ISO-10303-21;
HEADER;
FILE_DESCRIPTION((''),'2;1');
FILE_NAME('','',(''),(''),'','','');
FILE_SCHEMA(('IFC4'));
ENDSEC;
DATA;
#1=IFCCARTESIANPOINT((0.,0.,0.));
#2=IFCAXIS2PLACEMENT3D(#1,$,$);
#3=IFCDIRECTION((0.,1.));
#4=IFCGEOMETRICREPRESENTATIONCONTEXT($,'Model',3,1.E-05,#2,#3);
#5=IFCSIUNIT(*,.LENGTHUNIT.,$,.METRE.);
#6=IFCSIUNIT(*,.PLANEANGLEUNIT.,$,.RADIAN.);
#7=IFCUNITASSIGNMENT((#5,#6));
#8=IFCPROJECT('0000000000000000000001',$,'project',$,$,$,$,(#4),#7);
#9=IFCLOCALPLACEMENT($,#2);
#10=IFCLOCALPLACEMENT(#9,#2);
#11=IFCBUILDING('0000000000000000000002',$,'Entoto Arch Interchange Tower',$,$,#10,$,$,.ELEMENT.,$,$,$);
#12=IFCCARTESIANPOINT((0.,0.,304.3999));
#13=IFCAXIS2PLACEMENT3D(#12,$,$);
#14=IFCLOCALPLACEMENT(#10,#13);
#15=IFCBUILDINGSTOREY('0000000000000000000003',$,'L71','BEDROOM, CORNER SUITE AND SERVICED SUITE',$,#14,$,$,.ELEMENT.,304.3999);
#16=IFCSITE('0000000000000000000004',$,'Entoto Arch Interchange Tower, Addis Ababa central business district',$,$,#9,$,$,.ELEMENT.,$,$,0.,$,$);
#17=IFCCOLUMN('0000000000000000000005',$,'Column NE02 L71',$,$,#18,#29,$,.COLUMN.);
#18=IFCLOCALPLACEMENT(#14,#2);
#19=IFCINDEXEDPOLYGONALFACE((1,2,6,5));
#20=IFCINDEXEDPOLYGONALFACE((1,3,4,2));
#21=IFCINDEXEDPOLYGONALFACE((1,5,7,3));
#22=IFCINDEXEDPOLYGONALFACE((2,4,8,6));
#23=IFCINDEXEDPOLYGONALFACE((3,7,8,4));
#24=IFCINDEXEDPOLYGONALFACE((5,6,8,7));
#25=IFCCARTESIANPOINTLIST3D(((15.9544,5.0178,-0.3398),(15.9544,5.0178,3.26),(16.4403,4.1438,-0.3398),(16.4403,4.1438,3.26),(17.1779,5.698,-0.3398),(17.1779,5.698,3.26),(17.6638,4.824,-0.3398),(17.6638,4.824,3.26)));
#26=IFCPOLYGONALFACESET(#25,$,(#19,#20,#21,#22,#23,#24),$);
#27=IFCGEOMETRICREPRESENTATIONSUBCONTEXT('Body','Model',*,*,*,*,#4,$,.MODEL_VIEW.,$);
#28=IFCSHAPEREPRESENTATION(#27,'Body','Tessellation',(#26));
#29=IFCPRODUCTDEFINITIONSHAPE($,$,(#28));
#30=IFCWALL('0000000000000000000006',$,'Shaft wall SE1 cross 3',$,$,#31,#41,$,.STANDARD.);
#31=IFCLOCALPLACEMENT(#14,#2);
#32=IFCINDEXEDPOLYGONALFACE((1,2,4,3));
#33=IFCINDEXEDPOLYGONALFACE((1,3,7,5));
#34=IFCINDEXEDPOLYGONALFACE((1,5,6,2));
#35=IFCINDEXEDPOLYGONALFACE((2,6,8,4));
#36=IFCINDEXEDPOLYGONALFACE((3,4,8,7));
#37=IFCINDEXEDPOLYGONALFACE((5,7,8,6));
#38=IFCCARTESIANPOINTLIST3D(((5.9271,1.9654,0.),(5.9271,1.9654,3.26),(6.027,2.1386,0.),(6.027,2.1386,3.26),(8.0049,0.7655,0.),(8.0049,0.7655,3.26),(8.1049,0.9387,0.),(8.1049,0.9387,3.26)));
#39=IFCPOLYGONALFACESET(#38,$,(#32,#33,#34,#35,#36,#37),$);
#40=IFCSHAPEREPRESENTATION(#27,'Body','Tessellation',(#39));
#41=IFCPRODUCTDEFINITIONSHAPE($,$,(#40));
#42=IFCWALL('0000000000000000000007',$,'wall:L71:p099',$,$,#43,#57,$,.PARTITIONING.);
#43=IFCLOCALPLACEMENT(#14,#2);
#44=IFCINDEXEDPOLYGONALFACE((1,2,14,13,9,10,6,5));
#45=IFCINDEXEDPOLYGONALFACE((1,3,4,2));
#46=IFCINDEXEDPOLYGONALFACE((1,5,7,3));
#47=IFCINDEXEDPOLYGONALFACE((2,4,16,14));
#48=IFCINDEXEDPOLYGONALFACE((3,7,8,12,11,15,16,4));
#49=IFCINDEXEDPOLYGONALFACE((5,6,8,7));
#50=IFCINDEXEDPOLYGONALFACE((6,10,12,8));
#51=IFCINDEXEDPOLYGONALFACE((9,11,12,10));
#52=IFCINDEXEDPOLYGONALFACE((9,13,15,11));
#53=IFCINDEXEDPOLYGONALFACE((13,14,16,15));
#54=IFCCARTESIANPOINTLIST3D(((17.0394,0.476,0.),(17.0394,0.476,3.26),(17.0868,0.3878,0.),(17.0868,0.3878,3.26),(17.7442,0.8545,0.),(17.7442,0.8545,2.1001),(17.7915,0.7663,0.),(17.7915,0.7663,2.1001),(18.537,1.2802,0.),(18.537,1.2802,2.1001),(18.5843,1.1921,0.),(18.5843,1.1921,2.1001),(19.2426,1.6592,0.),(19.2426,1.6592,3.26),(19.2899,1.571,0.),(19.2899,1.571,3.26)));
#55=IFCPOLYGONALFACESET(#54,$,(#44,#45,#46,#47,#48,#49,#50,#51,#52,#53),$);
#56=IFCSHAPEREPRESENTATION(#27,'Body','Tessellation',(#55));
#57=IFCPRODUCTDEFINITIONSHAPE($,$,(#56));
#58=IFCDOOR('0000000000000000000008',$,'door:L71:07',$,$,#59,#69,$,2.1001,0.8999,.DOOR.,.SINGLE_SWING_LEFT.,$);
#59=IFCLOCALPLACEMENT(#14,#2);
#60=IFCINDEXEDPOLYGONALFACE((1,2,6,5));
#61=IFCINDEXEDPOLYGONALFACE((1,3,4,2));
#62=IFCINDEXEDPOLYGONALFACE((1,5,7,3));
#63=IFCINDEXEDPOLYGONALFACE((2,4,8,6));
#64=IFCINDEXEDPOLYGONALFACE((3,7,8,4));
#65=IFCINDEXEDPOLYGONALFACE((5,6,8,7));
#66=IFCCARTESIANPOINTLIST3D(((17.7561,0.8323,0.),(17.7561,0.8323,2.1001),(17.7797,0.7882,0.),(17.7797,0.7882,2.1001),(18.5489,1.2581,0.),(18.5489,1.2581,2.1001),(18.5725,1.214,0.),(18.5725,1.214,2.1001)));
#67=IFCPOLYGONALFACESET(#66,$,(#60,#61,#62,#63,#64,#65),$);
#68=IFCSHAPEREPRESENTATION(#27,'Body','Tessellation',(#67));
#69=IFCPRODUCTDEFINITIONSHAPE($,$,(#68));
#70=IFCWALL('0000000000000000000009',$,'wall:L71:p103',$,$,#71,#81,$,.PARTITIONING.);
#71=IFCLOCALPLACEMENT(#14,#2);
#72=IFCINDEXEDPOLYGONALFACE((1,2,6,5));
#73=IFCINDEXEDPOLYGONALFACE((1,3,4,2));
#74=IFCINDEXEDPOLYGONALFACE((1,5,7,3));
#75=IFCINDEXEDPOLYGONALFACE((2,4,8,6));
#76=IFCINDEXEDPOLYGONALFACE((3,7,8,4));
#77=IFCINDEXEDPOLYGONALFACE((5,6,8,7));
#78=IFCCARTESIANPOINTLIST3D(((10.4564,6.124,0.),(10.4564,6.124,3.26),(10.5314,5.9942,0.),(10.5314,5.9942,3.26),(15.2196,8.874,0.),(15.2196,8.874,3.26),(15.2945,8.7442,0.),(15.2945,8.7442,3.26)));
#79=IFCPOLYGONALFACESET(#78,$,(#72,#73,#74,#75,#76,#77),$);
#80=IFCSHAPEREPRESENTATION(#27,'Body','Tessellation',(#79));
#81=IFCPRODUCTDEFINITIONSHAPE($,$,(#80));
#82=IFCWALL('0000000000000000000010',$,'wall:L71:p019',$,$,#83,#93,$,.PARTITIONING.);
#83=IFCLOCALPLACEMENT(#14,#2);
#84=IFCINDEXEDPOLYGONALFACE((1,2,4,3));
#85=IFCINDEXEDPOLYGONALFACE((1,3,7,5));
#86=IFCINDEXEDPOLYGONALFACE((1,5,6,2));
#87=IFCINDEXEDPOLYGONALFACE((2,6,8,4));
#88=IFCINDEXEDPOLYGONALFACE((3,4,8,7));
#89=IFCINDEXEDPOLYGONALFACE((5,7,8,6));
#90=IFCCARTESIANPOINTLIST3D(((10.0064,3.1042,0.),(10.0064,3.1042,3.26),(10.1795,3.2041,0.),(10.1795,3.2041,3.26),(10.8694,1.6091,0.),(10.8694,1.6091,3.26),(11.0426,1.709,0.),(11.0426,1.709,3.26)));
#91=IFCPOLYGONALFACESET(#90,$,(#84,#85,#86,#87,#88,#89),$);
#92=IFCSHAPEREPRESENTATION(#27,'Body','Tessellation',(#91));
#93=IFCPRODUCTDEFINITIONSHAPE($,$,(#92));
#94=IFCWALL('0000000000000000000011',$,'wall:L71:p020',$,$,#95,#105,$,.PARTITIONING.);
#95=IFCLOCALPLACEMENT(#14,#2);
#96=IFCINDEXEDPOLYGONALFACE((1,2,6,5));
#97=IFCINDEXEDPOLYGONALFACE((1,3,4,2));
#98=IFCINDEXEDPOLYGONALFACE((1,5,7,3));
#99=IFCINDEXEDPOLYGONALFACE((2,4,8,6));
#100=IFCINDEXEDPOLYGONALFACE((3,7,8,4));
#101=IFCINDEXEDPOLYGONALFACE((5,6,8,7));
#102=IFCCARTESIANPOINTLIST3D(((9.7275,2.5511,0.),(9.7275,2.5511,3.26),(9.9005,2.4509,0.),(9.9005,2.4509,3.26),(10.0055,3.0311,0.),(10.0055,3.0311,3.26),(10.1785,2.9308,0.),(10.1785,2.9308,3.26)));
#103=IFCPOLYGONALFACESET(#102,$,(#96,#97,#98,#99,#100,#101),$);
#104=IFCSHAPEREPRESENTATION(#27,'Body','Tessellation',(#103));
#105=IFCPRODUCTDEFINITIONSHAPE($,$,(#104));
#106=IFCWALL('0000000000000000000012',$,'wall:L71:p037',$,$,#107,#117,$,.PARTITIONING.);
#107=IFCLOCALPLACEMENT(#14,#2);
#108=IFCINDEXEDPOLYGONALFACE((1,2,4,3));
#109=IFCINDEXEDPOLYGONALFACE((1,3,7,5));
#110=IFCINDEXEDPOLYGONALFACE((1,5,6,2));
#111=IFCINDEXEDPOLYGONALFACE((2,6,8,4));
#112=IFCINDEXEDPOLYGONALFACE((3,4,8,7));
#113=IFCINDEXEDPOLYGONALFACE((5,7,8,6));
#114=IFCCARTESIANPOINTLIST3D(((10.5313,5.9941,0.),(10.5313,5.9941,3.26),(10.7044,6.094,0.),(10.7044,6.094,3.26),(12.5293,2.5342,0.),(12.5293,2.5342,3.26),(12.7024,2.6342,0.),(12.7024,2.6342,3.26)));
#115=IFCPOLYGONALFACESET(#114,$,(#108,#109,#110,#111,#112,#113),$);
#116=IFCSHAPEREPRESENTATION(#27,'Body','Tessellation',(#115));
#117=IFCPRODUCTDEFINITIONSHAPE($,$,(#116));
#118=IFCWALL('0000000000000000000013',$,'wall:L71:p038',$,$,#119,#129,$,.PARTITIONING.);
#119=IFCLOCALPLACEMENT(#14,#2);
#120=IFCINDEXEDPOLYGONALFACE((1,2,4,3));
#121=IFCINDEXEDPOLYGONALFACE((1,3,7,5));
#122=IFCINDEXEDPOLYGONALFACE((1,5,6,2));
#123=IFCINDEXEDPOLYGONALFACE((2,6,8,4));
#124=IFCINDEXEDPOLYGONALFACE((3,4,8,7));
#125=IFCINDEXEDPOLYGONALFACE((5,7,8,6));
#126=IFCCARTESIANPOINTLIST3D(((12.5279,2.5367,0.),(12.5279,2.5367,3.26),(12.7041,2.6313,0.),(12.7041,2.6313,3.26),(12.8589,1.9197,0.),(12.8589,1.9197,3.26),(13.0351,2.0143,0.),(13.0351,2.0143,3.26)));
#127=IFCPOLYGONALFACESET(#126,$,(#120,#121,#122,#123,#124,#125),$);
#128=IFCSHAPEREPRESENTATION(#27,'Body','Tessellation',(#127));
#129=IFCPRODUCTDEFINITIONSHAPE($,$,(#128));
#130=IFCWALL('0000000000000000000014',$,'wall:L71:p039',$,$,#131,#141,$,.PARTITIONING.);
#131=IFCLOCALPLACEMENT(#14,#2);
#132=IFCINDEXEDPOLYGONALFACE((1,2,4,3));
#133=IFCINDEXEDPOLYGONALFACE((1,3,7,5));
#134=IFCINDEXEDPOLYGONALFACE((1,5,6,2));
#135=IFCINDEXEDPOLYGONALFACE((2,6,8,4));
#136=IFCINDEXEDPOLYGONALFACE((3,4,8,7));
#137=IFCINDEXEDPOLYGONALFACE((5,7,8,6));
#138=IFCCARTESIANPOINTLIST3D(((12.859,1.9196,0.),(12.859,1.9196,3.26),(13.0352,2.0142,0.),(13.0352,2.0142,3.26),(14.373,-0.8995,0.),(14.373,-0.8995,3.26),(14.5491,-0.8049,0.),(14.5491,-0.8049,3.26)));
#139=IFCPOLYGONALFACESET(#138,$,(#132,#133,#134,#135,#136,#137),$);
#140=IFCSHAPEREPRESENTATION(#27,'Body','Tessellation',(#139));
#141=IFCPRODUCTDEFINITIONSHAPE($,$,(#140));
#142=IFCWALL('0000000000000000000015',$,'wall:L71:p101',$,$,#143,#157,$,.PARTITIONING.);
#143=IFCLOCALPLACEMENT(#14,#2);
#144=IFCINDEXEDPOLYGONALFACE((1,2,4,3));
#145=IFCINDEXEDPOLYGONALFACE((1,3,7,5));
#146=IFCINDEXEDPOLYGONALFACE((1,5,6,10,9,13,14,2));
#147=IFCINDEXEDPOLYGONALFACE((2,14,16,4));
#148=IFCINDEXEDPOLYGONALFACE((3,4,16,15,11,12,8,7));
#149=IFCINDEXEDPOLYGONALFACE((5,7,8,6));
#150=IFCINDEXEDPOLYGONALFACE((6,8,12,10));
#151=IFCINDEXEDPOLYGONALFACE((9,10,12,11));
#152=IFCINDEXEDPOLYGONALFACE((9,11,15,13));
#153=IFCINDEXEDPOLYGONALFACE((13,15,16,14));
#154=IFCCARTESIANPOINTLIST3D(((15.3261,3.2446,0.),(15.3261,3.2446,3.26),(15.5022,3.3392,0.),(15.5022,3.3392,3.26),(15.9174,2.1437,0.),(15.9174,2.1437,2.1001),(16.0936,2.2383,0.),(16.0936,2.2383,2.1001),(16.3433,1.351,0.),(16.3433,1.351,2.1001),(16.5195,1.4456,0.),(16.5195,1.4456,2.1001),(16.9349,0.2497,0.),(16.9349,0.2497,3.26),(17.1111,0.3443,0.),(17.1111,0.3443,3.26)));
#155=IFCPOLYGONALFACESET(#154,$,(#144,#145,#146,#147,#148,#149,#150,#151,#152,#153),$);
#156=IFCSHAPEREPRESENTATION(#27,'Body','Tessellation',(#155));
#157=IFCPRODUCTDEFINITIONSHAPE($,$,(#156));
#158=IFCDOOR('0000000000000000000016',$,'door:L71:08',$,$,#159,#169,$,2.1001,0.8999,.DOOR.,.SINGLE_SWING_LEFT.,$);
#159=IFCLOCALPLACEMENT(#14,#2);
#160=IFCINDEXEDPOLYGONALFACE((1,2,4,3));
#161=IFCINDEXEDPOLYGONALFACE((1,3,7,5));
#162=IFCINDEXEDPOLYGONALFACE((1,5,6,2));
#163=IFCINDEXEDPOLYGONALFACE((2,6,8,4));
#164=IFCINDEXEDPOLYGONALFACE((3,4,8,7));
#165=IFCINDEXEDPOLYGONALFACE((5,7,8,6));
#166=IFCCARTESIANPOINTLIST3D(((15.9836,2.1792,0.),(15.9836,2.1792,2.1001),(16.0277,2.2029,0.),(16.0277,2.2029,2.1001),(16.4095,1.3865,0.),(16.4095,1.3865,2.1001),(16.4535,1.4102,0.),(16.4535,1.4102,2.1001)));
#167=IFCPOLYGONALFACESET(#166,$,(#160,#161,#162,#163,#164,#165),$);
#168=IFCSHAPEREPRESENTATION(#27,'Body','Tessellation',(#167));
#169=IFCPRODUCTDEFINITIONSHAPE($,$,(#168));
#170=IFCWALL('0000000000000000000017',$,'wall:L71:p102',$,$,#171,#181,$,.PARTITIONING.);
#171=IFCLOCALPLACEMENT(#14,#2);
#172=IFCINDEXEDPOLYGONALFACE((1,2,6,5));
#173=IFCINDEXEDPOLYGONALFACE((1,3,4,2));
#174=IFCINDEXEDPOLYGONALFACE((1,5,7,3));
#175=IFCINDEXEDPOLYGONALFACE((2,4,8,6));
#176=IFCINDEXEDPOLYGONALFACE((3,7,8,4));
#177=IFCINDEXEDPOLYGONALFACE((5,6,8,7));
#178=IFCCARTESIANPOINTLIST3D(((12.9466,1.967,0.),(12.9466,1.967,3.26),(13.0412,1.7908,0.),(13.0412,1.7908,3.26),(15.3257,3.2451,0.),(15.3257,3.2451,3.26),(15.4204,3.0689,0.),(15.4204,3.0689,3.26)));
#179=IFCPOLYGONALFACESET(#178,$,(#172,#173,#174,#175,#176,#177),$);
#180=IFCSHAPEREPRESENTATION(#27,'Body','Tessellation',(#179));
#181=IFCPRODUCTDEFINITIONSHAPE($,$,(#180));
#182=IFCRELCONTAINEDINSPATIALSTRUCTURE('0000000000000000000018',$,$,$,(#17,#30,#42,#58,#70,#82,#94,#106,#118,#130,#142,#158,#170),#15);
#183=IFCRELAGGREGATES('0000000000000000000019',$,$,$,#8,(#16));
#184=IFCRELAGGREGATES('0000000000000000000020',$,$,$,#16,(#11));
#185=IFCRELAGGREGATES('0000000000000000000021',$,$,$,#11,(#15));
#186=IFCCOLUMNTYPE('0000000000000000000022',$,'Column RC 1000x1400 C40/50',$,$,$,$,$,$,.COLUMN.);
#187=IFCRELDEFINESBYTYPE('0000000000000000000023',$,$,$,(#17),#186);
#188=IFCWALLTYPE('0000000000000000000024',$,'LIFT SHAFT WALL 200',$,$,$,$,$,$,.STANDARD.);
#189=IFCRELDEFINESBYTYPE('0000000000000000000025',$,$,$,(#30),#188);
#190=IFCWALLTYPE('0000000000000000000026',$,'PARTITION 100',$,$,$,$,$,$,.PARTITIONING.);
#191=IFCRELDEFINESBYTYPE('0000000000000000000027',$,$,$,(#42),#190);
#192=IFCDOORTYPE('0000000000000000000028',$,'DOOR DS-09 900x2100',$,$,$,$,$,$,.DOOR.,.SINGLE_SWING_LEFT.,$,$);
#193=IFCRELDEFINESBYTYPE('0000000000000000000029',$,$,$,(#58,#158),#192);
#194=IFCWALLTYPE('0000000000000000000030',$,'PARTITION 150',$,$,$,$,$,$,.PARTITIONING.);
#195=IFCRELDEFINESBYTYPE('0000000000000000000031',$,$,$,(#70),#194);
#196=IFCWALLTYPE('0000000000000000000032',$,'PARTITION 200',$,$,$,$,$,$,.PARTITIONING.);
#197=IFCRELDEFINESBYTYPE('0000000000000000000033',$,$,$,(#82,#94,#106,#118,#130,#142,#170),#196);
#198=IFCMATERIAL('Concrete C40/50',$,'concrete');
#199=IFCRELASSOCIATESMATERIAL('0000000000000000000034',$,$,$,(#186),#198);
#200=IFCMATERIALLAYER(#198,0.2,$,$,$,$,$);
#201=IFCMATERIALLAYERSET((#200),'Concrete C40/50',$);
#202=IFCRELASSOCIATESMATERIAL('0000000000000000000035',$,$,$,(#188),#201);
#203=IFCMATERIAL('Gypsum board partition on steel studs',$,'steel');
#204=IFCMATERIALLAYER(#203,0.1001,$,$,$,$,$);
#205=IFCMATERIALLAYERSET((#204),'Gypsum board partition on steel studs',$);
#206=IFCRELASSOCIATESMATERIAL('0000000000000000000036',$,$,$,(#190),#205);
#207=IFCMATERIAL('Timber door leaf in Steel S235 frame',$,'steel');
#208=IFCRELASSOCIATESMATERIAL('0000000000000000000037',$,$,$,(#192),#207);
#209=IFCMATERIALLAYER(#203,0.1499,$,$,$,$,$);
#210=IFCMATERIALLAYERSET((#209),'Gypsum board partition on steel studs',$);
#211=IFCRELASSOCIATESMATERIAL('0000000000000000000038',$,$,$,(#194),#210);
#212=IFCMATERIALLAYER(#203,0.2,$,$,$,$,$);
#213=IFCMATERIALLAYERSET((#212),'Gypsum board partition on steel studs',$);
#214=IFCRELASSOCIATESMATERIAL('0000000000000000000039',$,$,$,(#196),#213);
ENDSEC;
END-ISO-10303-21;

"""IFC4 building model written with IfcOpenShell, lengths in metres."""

from ifc_helpers import new_model, si_unit, direction, frame, frame_2d, origin, origin_2d, place, context, subcontext, project, spatial, rectangle, extrude, material, layer, layer_set, material_profile, profile_set, type_object, element, fill, save


model = new_model("IFC4")

# Units and contexts
model_context = context("Model", 3, precision=1e-05, world=origin(), true_north=direction((0.0, 1.0)))
body_context = subcontext(model_context, "Body", "Model", "MODEL_VIEW")
ifc_project = project(units=[si_unit("LENGTHUNIT", "METRE"), si_unit("PLANEANGLEUNIT", "RADIAN")], contexts=[model_context])

# Site, building, storey
site_placement = place(None, origin())
site = spatial("IfcSite", under=ifc_project, at=site_placement, Name="Entoto Arch Interchange Tower, Addis Ababa central business district", CompositionType="ELEMENT", RefElevation=0.0)
building_placement = place(site_placement, origin())
building = spatial("IfcBuilding", under=site, at=building_placement, Name="Entoto Arch Interchange Tower", CompositionType="ELEMENT")
storey_placement = place(building_placement, frame((0.0, 0.0, 304.3999)))
storey = spatial("IfcBuildingStorey", under=building, at=storey_placement, Name="L71", Description="BEDROOM, CORNER SUITE AND SERVICED SUITE", CompositionType="ELEMENT", Elevation=304.3999)

# Column
ifc_material_1 = material(Name="Concrete C40/50", Category="concrete")
ifc_material_profile = material_profile(ifc_material_1, rectangle(XDim=1.0, YDim=1.3999, at=origin_2d()))
ifc_profile_set = profile_set([ifc_material_profile], Name="Concrete C40/50")
column_type = type_object("IfcColumnType", Name="Column RC 1000x1400 C40/50", PredefinedType="COLUMN", material=ifc_profile_set)
column_placement = place(storey_placement, frame((16.8091, 4.9209, -0.3398), z_axis=(0.0, 0.0, 1.0), x_axis=(-0.485924, 0.874001, 0.0)))
element("IfcColumn", 1, at=column_placement, inside=storey, type_object=column_type, Name="Column NE02 L71", PredefinedType="COLUMN", context=body_context, shape_type="SweptSolid", body=[
    extrude(rectangle(XDim=1.0, YDim=1.3999, at=origin_2d()), origin(), (0.0, 0.0, 1.0), 3.5999),
])

# Wall
ifc_layer_1 = layer(ifc_material_1, 0.2)
ifc_layer_set_1 = layer_set([ifc_layer_1], Name="Concrete C40/50")
wall_type_1 = type_object("IfcWallType", Name="LIFT SHAFT WALL 200", PredefinedType="STANDARD", material=ifc_layer_set_1)
wall_1_placement = place(storey_placement, frame((5.9771, 2.052, 0.0), z_axis=(0.0, 0.0, 1.0), x_axis=(0.865974, -0.500089, 0.0)))
element("IfcWall", 2, at=wall_1_placement, inside=storey, type_object=wall_type_1, Name="Shaft wall SE1 cross 3", PredefinedType="STANDARD", context=body_context, shape_type="SweptSolid", body=[
    extrude(rectangle(XDim=2.3994, YDim=0.2, at=frame_2d((1.1997, 0.0))), origin(), (0.0, 0.0, 1.0), 3.26),
])

# Wall, opening, door
ifc_material_2 = material(Name="Gypsum board partition on steel studs", Category="steel")
ifc_layer_2 = layer(ifc_material_2, 0.1001)
ifc_layer_set_2 = layer_set([ifc_layer_2], Name="Gypsum board partition on steel studs")
wall_type_2 = type_object("IfcWallType", Name="PARTITION 100", PredefinedType="PARTITIONING", material=ifc_layer_set_2)
wall_2_placement = place(storey_placement, frame((17.063, 0.4319, 0.0), z_axis=(0.0, 0.0, 1.0), x_axis=(0.881003, 0.47311, 0.0)))
wall_2 = element("IfcWall", 3, at=wall_2_placement, inside=storey, type_object=wall_type_2, Name="wall:L71:p099", PredefinedType="PARTITIONING", context=body_context, shape_type="SweptSolid", body=[
    extrude(rectangle(XDim=2.5007, YDim=0.1001, at=frame_2d((1.2505, 0.0))), origin(), (0.0, 0.0, 1.0), 3.26),
])
opening_1_placement = place(wall_2_placement, frame((0.8, 0.0, 0.0)))
opening_1 = element("IfcOpeningElement", 4, at=opening_1_placement, cuts=wall_2, PredefinedType="OPENING", context=body_context, shape_type="SweptSolid", body=[
    extrude(rectangle(XDim=0.8999, YDim=2.1001, at=frame_2d((0.45, 1.05))), frame((0.0, 0.0601, 0.0), z_axis=(0.0, -1.0, 0.0), x_axis=(1.0, 0.0, 0.0)), (0.0, 0.0, 1.0), 0.1201),
])
ifc_material_3 = material(Name="Timber door leaf in Steel S235 frame", Category="steel")
door_type_1 = type_object("IfcDoorType", Name="DOOR DS-09 900x2100", OperationType="SINGLE_SWING_LEFT", PredefinedType="DOOR", material=ifc_material_3)
door_1_placement = place(opening_1_placement, origin())
door_1 = element("IfcDoor", 5, at=door_1_placement, inside=storey, type_object=door_type_1, Name="door:L71:07", OperationType="SINGLE_SWING_LEFT", OverallHeight=2.1001, OverallWidth=0.8999, PredefinedType="DOOR", context=body_context, shape_type="SweptSolid", body=[
    extrude(rectangle(XDim=0.8999, YDim=2.1001, at=frame_2d((0.45, 1.05))), frame((0.0, 0.0249, 0.0), z_axis=(0.0, -1.0, 0.0), x_axis=(1.0, 0.0, 0.0)), (0.0, 0.0, 1.0), 0.05),
])
fill(opening_1, door_1)

# Walls
ifc_layer_3 = layer(ifc_material_2, 0.1499)
ifc_layer_set_3 = layer_set([ifc_layer_3], Name="Gypsum board partition on steel studs")
wall_type_3 = type_object("IfcWallType", Name="PARTITION 150", PredefinedType="PARTITIONING", material=ifc_layer_set_3)
wall_3_placement = place(storey_placement, frame((10.4939, 6.0591, 0.0), z_axis=(0.0, 0.0, 1.0), x_axis=(0.866027, 0.499997, 0.0)))
element("IfcWall", 6, at=wall_3_placement, inside=storey, type_object=wall_type_3, Name="wall:L71:p103", PredefinedType="PARTITIONING", context=body_context, shape_type="SweptSolid", body=[
    extrude(rectangle(XDim=5.5, YDim=0.1499, at=frame_2d((2.75, 0.0))), origin(), (0.0, 0.0, 1.0), 3.26),
])
ifc_layer_4 = layer(ifc_material_2, 0.2)
ifc_layer_set_4 = layer_set([ifc_layer_4], Name="Gypsum board partition on steel studs")
wall_type_4 = type_object("IfcWallType", Name="PARTITION 200", PredefinedType="PARTITIONING", material=ifc_layer_set_4)
wall_4_placement = place(storey_placement, frame((10.9561, 1.6589, 0.0), z_axis=(0.0, 0.0, 1.0), x_axis=(-0.499926, 0.866068, 0.0)))
element("IfcWall", 7, at=wall_4_placement, inside=storey, type_object=wall_type_4, Name="wall:L71:p019", PredefinedType="PARTITIONING", context=body_context, shape_type="SweptSolid", body=[
    extrude(rectangle(XDim=1.7263, YDim=0.2, at=frame_2d((0.8633, 0.0))), origin(), (0.0, 0.0, 1.0), 3.26),
])
wall_5_placement = place(storey_placement, frame((10.092, 2.981, 0.0), z_axis=(0.0, 0.0, 1.0), x_axis=(-0.501296, -0.865276, 0.0)))
element("IfcWall", 8, at=wall_5_placement, inside=storey, type_object=wall_type_4, Name="wall:L71:p020", PredefinedType="PARTITIONING", context=body_context, shape_type="SweptSolid", body=[
    extrude(rectangle(XDim=0.5547, YDim=0.2, at=frame_2d((0.2773, 0.0))), origin(), (0.0, 0.0, 1.0), 3.26),
])
wall_6_placement = place(storey_placement, frame((10.6179, 6.0439, 0.0), z_axis=(0.0, 0.0, 1.0), x_axis=(0.500082, -0.865978, 0.0)))
element("IfcWall", 9, at=wall_6_placement, inside=storey, type_object=wall_type_4, Name="wall:L71:p037", PredefinedType="PARTITIONING", context=body_context, shape_type="SweptSolid", body=[
    extrude(rectangle(XDim=3.9954, YDim=0.2, at=frame_2d((1.9976, 0.0))), origin(), (0.0, 0.0, 1.0), 3.26),
])
wall_7_placement = place(storey_placement, frame((12.616, 2.584, 0.0), z_axis=(0.0, 0.0, 1.0), x_axis=(0.472831, -0.881153, 0.0)))
element("IfcWall", 10, at=wall_7_placement, inside=storey, type_object=wall_type_4, Name="wall:L71:p038", PredefinedType="PARTITIONING", context=body_context, shape_type="SweptSolid", body=[
    extrude(rectangle(XDim=0.7002, YDim=0.2, at=frame_2d((0.3501, 0.0))), origin(), (0.0, 0.0, 1.0), 3.26),
])
wall_8_placement = place(storey_placement, frame((12.947, 1.967, 0.0), z_axis=(0.0, 0.0, 1.0), x_axis=(0.473117, -0.881, 0.0)))
element("IfcWall", 11, at=wall_8_placement, inside=storey, type_object=wall_type_4, Name="wall:L71:p039", PredefinedType="PARTITIONING", context=body_context, shape_type="SweptSolid", body=[
    extrude(rectangle(XDim=3.2, YDim=0.2, at=frame_2d((1.6001, 0.0))), origin(), (0.0, 0.0, 1.0), 3.26),
])

# Wall, opening, door
wall_9_placement = place(storey_placement, frame((17.0229, 0.2971, 0.0), z_axis=(0.0, 0.0, 1.0), x_axis=(-0.473247, 0.88093, 0.0)))
wall_9 = element("IfcWall", 12, at=wall_9_placement, inside=storey, type_object=wall_type_4, Name="wall:L71:p101", PredefinedType="PARTITIONING", context=body_context, shape_type="SweptSolid", body=[
    extrude(rectangle(XDim=3.3997, YDim=0.2, at=frame_2d((1.6997, 0.0))), origin(), (0.0, 0.0, 1.0), 3.26),
])
opening_2_placement = place(wall_9_placement, frame((1.25, 0.0, 0.0)))
opening_2 = element("IfcOpeningElement", 13, at=opening_2_placement, cuts=wall_9, PredefinedType="OPENING", context=body_context, shape_type="SweptSolid", body=[
    extrude(rectangle(XDim=0.8999, YDim=2.1001, at=frame_2d((0.45, 1.05))), frame((0.0, 0.1099, 0.0), z_axis=(0.0, -1.0, 0.0), x_axis=(1.0, 0.0, 0.0)), (0.0, 0.0, 1.0), 0.22),
])
door_2_placement = place(opening_2_placement, origin())
door_2 = element("IfcDoor", 14, at=door_2_placement, inside=storey, type_object=door_type_1, Name="door:L71:08", OperationType="SINGLE_SWING_LEFT", OverallHeight=2.1001, OverallWidth=0.8999, PredefinedType="DOOR", context=body_context, shape_type="SweptSolid", body=[
    extrude(rectangle(XDim=0.8999, YDim=2.1001, at=frame_2d((0.45, 1.05))), frame((0.0, 0.0249, 0.0), z_axis=(0.0, -1.0, 0.0), x_axis=(1.0, 0.0, 0.0)), (0.0, 0.0, 1.0), 0.05),
])
fill(opening_2, door_2)

# Wall
wall_10_placement = place(storey_placement, frame((15.373, 3.157, 0.0), z_axis=(0.0, 0.0, 1.0), x_axis=(-0.880935, -0.473237, 0.0)))
element("IfcWall", 15, at=wall_10_placement, inside=storey, type_object=wall_type_4, Name="wall:L71:p102", PredefinedType="PARTITIONING", context=body_context, shape_type="SweptSolid", body=[
    extrude(rectangle(XDim=2.7007, YDim=0.2, at=frame_2d((1.3503, 0.0))), origin(), (0.0, 0.0, 1.0), 3.26),
])

save(model, "model.ifc")
